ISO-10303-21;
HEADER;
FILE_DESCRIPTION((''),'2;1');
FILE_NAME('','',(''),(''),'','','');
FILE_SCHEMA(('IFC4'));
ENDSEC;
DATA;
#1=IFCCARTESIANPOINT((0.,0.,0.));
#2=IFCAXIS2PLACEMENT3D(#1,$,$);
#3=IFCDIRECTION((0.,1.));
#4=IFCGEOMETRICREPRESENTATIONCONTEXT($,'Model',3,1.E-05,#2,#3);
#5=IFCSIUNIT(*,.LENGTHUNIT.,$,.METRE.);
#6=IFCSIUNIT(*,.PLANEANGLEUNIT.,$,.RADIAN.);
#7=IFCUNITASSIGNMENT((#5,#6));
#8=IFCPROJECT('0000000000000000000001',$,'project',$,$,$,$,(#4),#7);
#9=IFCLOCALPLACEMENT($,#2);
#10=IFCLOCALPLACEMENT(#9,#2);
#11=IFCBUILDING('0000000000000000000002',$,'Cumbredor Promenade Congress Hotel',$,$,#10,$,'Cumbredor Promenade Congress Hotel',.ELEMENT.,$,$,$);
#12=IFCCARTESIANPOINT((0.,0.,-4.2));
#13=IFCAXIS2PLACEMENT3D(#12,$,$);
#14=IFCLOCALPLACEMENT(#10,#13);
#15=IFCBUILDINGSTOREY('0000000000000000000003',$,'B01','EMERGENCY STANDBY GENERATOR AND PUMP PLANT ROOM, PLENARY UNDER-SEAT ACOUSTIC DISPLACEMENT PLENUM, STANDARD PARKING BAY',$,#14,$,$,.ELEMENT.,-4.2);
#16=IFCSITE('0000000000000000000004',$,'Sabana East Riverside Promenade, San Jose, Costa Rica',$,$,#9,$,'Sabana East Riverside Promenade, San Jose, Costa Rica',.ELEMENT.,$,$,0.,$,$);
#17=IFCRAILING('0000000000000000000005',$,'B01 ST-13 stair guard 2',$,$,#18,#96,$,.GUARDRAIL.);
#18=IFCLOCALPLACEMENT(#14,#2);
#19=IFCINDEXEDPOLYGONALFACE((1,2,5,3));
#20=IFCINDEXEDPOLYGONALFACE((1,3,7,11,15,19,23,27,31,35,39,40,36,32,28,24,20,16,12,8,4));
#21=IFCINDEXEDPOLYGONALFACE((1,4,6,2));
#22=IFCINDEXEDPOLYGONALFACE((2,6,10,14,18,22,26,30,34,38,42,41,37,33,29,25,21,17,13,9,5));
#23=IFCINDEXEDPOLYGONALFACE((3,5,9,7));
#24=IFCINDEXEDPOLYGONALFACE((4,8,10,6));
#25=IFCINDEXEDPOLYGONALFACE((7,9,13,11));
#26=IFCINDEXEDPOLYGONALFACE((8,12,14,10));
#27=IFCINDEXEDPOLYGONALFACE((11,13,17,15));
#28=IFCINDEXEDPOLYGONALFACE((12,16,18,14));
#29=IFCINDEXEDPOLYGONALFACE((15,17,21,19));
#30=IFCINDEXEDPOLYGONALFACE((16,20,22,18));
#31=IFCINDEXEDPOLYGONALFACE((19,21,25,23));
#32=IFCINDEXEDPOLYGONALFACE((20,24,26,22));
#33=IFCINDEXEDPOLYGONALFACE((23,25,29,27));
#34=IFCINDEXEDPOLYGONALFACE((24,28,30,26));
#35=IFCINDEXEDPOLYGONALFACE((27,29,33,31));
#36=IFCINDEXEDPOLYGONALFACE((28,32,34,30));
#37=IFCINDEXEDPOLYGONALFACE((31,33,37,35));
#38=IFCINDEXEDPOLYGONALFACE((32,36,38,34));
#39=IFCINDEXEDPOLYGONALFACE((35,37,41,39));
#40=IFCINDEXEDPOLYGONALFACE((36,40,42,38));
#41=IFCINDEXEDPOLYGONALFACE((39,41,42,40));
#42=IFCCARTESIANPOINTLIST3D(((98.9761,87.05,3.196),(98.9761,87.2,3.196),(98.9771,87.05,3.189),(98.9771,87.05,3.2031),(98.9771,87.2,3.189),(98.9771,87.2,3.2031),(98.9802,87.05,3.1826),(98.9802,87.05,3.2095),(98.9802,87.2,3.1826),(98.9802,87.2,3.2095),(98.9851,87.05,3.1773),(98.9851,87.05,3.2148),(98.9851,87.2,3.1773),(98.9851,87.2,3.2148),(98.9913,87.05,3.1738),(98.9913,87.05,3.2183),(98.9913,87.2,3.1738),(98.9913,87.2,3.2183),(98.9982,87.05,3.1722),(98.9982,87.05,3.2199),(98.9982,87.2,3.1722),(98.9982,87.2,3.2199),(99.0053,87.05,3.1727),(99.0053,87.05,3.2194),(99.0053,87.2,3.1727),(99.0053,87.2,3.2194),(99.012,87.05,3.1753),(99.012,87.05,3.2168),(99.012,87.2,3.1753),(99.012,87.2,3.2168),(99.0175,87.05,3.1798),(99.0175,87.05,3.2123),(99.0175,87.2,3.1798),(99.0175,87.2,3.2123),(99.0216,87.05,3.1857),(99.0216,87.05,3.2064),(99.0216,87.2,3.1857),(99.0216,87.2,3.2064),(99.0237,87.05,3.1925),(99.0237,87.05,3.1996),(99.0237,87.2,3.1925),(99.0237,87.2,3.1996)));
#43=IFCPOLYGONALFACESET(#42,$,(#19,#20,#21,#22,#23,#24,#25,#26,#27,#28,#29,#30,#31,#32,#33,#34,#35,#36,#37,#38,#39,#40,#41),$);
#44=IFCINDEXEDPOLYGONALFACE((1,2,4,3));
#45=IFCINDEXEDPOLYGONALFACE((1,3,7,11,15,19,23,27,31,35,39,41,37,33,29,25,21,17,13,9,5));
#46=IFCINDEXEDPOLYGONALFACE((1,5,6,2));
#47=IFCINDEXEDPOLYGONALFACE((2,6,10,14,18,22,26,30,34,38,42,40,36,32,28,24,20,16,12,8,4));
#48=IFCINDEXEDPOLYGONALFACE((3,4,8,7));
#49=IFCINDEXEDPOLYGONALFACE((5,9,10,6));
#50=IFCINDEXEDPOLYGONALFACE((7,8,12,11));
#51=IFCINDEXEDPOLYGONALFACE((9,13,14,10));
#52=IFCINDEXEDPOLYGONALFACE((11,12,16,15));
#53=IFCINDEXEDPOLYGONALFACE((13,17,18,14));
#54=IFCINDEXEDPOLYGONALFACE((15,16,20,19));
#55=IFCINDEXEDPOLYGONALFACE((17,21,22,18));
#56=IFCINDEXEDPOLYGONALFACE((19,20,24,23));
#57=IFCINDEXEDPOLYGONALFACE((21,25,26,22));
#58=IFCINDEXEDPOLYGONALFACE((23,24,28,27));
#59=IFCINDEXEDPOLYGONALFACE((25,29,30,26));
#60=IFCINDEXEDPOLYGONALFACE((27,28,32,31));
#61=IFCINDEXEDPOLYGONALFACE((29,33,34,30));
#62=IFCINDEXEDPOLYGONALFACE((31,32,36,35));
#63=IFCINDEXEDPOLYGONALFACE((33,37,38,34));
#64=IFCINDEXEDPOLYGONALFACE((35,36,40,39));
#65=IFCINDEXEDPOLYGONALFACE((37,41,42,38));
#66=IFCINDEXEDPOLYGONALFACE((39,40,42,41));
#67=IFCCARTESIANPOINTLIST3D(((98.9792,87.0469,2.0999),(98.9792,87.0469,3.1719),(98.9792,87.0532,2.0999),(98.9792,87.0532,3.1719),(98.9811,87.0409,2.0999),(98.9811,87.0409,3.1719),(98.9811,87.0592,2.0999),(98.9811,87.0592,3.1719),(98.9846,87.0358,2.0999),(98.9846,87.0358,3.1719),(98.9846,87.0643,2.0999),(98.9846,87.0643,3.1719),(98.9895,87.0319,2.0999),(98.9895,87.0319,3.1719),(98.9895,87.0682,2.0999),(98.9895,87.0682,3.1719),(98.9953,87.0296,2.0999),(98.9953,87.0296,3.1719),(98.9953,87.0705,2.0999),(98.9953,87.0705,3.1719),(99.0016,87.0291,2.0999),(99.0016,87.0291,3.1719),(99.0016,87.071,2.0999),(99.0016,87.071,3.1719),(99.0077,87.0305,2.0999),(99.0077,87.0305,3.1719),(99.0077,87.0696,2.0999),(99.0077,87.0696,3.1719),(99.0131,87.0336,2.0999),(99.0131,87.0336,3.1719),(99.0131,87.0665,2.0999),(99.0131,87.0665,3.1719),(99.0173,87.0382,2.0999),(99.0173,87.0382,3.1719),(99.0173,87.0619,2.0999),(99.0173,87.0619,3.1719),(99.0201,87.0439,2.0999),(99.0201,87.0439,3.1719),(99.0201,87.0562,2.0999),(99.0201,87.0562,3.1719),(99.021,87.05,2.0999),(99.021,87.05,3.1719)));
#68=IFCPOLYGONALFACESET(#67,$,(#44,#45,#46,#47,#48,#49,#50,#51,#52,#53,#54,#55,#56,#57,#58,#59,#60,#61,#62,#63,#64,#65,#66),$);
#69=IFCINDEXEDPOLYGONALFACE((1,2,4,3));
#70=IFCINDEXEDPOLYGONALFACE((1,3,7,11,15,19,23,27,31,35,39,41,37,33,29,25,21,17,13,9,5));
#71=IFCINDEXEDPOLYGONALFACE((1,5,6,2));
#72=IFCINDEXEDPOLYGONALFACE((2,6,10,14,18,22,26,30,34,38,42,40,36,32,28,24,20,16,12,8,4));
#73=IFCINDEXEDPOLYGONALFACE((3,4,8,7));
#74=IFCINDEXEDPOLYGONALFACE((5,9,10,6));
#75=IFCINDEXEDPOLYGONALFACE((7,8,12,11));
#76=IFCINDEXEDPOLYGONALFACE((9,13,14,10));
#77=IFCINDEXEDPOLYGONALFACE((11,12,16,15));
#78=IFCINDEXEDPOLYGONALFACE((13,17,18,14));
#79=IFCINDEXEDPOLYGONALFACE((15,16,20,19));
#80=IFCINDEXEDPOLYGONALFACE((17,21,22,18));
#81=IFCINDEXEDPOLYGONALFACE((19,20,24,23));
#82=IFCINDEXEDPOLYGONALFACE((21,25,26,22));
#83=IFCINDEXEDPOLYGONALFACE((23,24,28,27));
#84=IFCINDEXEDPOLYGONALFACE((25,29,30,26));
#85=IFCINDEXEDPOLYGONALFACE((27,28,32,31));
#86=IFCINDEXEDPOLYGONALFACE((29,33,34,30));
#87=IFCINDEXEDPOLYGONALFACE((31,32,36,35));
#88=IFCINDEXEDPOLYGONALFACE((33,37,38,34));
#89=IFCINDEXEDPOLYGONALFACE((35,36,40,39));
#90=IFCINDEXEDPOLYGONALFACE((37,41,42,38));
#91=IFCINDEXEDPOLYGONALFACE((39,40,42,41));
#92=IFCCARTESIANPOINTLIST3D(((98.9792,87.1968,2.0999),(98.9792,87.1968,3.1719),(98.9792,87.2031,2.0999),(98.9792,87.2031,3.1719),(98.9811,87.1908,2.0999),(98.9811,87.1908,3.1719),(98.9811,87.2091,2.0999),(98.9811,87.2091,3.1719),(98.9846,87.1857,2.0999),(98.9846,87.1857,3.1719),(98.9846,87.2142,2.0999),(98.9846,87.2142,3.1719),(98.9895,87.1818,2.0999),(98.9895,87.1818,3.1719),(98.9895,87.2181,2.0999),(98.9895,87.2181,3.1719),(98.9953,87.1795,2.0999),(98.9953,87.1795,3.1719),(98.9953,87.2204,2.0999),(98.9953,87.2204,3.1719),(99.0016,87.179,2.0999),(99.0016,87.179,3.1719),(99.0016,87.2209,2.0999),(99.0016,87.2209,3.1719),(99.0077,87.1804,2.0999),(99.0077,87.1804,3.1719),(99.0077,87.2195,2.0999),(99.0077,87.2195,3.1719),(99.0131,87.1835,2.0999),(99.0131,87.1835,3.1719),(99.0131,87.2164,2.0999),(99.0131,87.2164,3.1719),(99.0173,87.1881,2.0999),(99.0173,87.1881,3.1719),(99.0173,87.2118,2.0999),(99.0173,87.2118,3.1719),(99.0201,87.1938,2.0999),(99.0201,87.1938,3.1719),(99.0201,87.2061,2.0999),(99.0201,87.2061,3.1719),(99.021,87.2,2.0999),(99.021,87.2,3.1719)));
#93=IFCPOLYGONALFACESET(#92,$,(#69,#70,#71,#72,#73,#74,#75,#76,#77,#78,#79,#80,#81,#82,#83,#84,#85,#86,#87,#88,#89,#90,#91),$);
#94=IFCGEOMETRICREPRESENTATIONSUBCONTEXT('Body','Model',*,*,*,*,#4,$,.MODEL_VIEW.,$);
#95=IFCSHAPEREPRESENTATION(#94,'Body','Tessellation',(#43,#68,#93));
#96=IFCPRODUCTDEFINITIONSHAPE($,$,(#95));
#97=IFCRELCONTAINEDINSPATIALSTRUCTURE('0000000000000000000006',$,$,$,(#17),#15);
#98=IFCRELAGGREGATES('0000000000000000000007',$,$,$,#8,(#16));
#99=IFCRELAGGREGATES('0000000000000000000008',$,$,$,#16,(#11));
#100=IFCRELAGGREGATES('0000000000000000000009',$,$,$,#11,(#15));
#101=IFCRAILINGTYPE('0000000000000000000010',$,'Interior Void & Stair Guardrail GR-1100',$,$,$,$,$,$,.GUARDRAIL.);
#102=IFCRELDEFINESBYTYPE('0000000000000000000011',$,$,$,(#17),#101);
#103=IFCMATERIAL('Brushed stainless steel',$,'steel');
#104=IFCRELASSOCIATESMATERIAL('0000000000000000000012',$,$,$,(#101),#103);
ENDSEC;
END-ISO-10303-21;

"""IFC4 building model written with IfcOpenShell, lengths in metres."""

from ifc_helpers import new_model, si_unit, direction, frame, origin, origin_2d, place, context, subcontext, project, spatial, circle, extrude, material, type_object, element, save


model = new_model("IFC4")

# Units and contexts
model_context = context("Model", 3, precision=1e-05, world=origin(), true_north=direction((0.0, 1.0)))
body_context = subcontext(model_context, "Body", "Model", "MODEL_VIEW")
ifc_project = project(units=[si_unit("LENGTHUNIT", "METRE"), si_unit("PLANEANGLEUNIT", "RADIAN")], contexts=[model_context])

# Site, building, storey
site_placement = place(None, origin())
site = spatial("IfcSite", under=ifc_project, at=site_placement, Name="Sabana East Riverside Promenade, San Jose, Costa Rica", LongName="Sabana East Riverside Promenade, San Jose, Costa Rica", CompositionType="ELEMENT", RefElevation=0.0)
building_placement = place(site_placement, origin())
building = spatial("IfcBuilding", under=site, at=building_placement, Name="Cumbredor Promenade Congress Hotel", LongName="Cumbredor Promenade Congress Hotel", CompositionType="ELEMENT")
storey_placement = place(building_placement, frame((0.0, 0.0, -4.2)))
storey = spatial("IfcBuildingStorey", under=building, at=storey_placement, Name="B01", Description="EMERGENCY STANDBY GENERATOR AND PUMP PLANT ROOM, PLENARY UNDER-SEAT ACOUSTIC DISPLACEMENT PLENUM, STANDARD PARKING BAY", CompositionType="ELEMENT", Elevation=-4.2)

# Shared definitions
ifc_material_1 = material(Name="Brushed stainless steel", Category="steel")

# Railing
railing_type_1 = type_object("IfcRailingType", Name="Interior Void & Stair Guardrail GR-1100", PredefinedType="GUARDRAIL", material=ifc_material_1)
railing_1_placement = place(storey_placement, frame((99.0, 87.05, 2.0999)))
element("IfcRailing", 1, at=railing_1_placement, inside=storey, type_object=railing_type_1, Name="B01 ST-13 stair guard 2", PredefinedType="GUARDRAIL", context=body_context, shape_type="SweptSolid", body=[
    extrude(circle(Radius=0.0239, at=origin_2d()), frame((0.0, 0.0, 1.0962), z_axis=(0.0, 1.0, 0.0), x_axis=(-1.0, 0.0, 0.0)), (0.0, 0.0, 1.0), 0.1499),
    extrude(circle(Radius=0.021, at=origin_2d()), origin(), (0.0, 0.0, 1.0), 1.072),
    extrude(circle(Radius=0.021, at=origin_2d()), frame((0.0, 0.1499, 0.0)), (0.0, 0.0, 1.0), 1.072),
])

save(model, "model.ifc")
